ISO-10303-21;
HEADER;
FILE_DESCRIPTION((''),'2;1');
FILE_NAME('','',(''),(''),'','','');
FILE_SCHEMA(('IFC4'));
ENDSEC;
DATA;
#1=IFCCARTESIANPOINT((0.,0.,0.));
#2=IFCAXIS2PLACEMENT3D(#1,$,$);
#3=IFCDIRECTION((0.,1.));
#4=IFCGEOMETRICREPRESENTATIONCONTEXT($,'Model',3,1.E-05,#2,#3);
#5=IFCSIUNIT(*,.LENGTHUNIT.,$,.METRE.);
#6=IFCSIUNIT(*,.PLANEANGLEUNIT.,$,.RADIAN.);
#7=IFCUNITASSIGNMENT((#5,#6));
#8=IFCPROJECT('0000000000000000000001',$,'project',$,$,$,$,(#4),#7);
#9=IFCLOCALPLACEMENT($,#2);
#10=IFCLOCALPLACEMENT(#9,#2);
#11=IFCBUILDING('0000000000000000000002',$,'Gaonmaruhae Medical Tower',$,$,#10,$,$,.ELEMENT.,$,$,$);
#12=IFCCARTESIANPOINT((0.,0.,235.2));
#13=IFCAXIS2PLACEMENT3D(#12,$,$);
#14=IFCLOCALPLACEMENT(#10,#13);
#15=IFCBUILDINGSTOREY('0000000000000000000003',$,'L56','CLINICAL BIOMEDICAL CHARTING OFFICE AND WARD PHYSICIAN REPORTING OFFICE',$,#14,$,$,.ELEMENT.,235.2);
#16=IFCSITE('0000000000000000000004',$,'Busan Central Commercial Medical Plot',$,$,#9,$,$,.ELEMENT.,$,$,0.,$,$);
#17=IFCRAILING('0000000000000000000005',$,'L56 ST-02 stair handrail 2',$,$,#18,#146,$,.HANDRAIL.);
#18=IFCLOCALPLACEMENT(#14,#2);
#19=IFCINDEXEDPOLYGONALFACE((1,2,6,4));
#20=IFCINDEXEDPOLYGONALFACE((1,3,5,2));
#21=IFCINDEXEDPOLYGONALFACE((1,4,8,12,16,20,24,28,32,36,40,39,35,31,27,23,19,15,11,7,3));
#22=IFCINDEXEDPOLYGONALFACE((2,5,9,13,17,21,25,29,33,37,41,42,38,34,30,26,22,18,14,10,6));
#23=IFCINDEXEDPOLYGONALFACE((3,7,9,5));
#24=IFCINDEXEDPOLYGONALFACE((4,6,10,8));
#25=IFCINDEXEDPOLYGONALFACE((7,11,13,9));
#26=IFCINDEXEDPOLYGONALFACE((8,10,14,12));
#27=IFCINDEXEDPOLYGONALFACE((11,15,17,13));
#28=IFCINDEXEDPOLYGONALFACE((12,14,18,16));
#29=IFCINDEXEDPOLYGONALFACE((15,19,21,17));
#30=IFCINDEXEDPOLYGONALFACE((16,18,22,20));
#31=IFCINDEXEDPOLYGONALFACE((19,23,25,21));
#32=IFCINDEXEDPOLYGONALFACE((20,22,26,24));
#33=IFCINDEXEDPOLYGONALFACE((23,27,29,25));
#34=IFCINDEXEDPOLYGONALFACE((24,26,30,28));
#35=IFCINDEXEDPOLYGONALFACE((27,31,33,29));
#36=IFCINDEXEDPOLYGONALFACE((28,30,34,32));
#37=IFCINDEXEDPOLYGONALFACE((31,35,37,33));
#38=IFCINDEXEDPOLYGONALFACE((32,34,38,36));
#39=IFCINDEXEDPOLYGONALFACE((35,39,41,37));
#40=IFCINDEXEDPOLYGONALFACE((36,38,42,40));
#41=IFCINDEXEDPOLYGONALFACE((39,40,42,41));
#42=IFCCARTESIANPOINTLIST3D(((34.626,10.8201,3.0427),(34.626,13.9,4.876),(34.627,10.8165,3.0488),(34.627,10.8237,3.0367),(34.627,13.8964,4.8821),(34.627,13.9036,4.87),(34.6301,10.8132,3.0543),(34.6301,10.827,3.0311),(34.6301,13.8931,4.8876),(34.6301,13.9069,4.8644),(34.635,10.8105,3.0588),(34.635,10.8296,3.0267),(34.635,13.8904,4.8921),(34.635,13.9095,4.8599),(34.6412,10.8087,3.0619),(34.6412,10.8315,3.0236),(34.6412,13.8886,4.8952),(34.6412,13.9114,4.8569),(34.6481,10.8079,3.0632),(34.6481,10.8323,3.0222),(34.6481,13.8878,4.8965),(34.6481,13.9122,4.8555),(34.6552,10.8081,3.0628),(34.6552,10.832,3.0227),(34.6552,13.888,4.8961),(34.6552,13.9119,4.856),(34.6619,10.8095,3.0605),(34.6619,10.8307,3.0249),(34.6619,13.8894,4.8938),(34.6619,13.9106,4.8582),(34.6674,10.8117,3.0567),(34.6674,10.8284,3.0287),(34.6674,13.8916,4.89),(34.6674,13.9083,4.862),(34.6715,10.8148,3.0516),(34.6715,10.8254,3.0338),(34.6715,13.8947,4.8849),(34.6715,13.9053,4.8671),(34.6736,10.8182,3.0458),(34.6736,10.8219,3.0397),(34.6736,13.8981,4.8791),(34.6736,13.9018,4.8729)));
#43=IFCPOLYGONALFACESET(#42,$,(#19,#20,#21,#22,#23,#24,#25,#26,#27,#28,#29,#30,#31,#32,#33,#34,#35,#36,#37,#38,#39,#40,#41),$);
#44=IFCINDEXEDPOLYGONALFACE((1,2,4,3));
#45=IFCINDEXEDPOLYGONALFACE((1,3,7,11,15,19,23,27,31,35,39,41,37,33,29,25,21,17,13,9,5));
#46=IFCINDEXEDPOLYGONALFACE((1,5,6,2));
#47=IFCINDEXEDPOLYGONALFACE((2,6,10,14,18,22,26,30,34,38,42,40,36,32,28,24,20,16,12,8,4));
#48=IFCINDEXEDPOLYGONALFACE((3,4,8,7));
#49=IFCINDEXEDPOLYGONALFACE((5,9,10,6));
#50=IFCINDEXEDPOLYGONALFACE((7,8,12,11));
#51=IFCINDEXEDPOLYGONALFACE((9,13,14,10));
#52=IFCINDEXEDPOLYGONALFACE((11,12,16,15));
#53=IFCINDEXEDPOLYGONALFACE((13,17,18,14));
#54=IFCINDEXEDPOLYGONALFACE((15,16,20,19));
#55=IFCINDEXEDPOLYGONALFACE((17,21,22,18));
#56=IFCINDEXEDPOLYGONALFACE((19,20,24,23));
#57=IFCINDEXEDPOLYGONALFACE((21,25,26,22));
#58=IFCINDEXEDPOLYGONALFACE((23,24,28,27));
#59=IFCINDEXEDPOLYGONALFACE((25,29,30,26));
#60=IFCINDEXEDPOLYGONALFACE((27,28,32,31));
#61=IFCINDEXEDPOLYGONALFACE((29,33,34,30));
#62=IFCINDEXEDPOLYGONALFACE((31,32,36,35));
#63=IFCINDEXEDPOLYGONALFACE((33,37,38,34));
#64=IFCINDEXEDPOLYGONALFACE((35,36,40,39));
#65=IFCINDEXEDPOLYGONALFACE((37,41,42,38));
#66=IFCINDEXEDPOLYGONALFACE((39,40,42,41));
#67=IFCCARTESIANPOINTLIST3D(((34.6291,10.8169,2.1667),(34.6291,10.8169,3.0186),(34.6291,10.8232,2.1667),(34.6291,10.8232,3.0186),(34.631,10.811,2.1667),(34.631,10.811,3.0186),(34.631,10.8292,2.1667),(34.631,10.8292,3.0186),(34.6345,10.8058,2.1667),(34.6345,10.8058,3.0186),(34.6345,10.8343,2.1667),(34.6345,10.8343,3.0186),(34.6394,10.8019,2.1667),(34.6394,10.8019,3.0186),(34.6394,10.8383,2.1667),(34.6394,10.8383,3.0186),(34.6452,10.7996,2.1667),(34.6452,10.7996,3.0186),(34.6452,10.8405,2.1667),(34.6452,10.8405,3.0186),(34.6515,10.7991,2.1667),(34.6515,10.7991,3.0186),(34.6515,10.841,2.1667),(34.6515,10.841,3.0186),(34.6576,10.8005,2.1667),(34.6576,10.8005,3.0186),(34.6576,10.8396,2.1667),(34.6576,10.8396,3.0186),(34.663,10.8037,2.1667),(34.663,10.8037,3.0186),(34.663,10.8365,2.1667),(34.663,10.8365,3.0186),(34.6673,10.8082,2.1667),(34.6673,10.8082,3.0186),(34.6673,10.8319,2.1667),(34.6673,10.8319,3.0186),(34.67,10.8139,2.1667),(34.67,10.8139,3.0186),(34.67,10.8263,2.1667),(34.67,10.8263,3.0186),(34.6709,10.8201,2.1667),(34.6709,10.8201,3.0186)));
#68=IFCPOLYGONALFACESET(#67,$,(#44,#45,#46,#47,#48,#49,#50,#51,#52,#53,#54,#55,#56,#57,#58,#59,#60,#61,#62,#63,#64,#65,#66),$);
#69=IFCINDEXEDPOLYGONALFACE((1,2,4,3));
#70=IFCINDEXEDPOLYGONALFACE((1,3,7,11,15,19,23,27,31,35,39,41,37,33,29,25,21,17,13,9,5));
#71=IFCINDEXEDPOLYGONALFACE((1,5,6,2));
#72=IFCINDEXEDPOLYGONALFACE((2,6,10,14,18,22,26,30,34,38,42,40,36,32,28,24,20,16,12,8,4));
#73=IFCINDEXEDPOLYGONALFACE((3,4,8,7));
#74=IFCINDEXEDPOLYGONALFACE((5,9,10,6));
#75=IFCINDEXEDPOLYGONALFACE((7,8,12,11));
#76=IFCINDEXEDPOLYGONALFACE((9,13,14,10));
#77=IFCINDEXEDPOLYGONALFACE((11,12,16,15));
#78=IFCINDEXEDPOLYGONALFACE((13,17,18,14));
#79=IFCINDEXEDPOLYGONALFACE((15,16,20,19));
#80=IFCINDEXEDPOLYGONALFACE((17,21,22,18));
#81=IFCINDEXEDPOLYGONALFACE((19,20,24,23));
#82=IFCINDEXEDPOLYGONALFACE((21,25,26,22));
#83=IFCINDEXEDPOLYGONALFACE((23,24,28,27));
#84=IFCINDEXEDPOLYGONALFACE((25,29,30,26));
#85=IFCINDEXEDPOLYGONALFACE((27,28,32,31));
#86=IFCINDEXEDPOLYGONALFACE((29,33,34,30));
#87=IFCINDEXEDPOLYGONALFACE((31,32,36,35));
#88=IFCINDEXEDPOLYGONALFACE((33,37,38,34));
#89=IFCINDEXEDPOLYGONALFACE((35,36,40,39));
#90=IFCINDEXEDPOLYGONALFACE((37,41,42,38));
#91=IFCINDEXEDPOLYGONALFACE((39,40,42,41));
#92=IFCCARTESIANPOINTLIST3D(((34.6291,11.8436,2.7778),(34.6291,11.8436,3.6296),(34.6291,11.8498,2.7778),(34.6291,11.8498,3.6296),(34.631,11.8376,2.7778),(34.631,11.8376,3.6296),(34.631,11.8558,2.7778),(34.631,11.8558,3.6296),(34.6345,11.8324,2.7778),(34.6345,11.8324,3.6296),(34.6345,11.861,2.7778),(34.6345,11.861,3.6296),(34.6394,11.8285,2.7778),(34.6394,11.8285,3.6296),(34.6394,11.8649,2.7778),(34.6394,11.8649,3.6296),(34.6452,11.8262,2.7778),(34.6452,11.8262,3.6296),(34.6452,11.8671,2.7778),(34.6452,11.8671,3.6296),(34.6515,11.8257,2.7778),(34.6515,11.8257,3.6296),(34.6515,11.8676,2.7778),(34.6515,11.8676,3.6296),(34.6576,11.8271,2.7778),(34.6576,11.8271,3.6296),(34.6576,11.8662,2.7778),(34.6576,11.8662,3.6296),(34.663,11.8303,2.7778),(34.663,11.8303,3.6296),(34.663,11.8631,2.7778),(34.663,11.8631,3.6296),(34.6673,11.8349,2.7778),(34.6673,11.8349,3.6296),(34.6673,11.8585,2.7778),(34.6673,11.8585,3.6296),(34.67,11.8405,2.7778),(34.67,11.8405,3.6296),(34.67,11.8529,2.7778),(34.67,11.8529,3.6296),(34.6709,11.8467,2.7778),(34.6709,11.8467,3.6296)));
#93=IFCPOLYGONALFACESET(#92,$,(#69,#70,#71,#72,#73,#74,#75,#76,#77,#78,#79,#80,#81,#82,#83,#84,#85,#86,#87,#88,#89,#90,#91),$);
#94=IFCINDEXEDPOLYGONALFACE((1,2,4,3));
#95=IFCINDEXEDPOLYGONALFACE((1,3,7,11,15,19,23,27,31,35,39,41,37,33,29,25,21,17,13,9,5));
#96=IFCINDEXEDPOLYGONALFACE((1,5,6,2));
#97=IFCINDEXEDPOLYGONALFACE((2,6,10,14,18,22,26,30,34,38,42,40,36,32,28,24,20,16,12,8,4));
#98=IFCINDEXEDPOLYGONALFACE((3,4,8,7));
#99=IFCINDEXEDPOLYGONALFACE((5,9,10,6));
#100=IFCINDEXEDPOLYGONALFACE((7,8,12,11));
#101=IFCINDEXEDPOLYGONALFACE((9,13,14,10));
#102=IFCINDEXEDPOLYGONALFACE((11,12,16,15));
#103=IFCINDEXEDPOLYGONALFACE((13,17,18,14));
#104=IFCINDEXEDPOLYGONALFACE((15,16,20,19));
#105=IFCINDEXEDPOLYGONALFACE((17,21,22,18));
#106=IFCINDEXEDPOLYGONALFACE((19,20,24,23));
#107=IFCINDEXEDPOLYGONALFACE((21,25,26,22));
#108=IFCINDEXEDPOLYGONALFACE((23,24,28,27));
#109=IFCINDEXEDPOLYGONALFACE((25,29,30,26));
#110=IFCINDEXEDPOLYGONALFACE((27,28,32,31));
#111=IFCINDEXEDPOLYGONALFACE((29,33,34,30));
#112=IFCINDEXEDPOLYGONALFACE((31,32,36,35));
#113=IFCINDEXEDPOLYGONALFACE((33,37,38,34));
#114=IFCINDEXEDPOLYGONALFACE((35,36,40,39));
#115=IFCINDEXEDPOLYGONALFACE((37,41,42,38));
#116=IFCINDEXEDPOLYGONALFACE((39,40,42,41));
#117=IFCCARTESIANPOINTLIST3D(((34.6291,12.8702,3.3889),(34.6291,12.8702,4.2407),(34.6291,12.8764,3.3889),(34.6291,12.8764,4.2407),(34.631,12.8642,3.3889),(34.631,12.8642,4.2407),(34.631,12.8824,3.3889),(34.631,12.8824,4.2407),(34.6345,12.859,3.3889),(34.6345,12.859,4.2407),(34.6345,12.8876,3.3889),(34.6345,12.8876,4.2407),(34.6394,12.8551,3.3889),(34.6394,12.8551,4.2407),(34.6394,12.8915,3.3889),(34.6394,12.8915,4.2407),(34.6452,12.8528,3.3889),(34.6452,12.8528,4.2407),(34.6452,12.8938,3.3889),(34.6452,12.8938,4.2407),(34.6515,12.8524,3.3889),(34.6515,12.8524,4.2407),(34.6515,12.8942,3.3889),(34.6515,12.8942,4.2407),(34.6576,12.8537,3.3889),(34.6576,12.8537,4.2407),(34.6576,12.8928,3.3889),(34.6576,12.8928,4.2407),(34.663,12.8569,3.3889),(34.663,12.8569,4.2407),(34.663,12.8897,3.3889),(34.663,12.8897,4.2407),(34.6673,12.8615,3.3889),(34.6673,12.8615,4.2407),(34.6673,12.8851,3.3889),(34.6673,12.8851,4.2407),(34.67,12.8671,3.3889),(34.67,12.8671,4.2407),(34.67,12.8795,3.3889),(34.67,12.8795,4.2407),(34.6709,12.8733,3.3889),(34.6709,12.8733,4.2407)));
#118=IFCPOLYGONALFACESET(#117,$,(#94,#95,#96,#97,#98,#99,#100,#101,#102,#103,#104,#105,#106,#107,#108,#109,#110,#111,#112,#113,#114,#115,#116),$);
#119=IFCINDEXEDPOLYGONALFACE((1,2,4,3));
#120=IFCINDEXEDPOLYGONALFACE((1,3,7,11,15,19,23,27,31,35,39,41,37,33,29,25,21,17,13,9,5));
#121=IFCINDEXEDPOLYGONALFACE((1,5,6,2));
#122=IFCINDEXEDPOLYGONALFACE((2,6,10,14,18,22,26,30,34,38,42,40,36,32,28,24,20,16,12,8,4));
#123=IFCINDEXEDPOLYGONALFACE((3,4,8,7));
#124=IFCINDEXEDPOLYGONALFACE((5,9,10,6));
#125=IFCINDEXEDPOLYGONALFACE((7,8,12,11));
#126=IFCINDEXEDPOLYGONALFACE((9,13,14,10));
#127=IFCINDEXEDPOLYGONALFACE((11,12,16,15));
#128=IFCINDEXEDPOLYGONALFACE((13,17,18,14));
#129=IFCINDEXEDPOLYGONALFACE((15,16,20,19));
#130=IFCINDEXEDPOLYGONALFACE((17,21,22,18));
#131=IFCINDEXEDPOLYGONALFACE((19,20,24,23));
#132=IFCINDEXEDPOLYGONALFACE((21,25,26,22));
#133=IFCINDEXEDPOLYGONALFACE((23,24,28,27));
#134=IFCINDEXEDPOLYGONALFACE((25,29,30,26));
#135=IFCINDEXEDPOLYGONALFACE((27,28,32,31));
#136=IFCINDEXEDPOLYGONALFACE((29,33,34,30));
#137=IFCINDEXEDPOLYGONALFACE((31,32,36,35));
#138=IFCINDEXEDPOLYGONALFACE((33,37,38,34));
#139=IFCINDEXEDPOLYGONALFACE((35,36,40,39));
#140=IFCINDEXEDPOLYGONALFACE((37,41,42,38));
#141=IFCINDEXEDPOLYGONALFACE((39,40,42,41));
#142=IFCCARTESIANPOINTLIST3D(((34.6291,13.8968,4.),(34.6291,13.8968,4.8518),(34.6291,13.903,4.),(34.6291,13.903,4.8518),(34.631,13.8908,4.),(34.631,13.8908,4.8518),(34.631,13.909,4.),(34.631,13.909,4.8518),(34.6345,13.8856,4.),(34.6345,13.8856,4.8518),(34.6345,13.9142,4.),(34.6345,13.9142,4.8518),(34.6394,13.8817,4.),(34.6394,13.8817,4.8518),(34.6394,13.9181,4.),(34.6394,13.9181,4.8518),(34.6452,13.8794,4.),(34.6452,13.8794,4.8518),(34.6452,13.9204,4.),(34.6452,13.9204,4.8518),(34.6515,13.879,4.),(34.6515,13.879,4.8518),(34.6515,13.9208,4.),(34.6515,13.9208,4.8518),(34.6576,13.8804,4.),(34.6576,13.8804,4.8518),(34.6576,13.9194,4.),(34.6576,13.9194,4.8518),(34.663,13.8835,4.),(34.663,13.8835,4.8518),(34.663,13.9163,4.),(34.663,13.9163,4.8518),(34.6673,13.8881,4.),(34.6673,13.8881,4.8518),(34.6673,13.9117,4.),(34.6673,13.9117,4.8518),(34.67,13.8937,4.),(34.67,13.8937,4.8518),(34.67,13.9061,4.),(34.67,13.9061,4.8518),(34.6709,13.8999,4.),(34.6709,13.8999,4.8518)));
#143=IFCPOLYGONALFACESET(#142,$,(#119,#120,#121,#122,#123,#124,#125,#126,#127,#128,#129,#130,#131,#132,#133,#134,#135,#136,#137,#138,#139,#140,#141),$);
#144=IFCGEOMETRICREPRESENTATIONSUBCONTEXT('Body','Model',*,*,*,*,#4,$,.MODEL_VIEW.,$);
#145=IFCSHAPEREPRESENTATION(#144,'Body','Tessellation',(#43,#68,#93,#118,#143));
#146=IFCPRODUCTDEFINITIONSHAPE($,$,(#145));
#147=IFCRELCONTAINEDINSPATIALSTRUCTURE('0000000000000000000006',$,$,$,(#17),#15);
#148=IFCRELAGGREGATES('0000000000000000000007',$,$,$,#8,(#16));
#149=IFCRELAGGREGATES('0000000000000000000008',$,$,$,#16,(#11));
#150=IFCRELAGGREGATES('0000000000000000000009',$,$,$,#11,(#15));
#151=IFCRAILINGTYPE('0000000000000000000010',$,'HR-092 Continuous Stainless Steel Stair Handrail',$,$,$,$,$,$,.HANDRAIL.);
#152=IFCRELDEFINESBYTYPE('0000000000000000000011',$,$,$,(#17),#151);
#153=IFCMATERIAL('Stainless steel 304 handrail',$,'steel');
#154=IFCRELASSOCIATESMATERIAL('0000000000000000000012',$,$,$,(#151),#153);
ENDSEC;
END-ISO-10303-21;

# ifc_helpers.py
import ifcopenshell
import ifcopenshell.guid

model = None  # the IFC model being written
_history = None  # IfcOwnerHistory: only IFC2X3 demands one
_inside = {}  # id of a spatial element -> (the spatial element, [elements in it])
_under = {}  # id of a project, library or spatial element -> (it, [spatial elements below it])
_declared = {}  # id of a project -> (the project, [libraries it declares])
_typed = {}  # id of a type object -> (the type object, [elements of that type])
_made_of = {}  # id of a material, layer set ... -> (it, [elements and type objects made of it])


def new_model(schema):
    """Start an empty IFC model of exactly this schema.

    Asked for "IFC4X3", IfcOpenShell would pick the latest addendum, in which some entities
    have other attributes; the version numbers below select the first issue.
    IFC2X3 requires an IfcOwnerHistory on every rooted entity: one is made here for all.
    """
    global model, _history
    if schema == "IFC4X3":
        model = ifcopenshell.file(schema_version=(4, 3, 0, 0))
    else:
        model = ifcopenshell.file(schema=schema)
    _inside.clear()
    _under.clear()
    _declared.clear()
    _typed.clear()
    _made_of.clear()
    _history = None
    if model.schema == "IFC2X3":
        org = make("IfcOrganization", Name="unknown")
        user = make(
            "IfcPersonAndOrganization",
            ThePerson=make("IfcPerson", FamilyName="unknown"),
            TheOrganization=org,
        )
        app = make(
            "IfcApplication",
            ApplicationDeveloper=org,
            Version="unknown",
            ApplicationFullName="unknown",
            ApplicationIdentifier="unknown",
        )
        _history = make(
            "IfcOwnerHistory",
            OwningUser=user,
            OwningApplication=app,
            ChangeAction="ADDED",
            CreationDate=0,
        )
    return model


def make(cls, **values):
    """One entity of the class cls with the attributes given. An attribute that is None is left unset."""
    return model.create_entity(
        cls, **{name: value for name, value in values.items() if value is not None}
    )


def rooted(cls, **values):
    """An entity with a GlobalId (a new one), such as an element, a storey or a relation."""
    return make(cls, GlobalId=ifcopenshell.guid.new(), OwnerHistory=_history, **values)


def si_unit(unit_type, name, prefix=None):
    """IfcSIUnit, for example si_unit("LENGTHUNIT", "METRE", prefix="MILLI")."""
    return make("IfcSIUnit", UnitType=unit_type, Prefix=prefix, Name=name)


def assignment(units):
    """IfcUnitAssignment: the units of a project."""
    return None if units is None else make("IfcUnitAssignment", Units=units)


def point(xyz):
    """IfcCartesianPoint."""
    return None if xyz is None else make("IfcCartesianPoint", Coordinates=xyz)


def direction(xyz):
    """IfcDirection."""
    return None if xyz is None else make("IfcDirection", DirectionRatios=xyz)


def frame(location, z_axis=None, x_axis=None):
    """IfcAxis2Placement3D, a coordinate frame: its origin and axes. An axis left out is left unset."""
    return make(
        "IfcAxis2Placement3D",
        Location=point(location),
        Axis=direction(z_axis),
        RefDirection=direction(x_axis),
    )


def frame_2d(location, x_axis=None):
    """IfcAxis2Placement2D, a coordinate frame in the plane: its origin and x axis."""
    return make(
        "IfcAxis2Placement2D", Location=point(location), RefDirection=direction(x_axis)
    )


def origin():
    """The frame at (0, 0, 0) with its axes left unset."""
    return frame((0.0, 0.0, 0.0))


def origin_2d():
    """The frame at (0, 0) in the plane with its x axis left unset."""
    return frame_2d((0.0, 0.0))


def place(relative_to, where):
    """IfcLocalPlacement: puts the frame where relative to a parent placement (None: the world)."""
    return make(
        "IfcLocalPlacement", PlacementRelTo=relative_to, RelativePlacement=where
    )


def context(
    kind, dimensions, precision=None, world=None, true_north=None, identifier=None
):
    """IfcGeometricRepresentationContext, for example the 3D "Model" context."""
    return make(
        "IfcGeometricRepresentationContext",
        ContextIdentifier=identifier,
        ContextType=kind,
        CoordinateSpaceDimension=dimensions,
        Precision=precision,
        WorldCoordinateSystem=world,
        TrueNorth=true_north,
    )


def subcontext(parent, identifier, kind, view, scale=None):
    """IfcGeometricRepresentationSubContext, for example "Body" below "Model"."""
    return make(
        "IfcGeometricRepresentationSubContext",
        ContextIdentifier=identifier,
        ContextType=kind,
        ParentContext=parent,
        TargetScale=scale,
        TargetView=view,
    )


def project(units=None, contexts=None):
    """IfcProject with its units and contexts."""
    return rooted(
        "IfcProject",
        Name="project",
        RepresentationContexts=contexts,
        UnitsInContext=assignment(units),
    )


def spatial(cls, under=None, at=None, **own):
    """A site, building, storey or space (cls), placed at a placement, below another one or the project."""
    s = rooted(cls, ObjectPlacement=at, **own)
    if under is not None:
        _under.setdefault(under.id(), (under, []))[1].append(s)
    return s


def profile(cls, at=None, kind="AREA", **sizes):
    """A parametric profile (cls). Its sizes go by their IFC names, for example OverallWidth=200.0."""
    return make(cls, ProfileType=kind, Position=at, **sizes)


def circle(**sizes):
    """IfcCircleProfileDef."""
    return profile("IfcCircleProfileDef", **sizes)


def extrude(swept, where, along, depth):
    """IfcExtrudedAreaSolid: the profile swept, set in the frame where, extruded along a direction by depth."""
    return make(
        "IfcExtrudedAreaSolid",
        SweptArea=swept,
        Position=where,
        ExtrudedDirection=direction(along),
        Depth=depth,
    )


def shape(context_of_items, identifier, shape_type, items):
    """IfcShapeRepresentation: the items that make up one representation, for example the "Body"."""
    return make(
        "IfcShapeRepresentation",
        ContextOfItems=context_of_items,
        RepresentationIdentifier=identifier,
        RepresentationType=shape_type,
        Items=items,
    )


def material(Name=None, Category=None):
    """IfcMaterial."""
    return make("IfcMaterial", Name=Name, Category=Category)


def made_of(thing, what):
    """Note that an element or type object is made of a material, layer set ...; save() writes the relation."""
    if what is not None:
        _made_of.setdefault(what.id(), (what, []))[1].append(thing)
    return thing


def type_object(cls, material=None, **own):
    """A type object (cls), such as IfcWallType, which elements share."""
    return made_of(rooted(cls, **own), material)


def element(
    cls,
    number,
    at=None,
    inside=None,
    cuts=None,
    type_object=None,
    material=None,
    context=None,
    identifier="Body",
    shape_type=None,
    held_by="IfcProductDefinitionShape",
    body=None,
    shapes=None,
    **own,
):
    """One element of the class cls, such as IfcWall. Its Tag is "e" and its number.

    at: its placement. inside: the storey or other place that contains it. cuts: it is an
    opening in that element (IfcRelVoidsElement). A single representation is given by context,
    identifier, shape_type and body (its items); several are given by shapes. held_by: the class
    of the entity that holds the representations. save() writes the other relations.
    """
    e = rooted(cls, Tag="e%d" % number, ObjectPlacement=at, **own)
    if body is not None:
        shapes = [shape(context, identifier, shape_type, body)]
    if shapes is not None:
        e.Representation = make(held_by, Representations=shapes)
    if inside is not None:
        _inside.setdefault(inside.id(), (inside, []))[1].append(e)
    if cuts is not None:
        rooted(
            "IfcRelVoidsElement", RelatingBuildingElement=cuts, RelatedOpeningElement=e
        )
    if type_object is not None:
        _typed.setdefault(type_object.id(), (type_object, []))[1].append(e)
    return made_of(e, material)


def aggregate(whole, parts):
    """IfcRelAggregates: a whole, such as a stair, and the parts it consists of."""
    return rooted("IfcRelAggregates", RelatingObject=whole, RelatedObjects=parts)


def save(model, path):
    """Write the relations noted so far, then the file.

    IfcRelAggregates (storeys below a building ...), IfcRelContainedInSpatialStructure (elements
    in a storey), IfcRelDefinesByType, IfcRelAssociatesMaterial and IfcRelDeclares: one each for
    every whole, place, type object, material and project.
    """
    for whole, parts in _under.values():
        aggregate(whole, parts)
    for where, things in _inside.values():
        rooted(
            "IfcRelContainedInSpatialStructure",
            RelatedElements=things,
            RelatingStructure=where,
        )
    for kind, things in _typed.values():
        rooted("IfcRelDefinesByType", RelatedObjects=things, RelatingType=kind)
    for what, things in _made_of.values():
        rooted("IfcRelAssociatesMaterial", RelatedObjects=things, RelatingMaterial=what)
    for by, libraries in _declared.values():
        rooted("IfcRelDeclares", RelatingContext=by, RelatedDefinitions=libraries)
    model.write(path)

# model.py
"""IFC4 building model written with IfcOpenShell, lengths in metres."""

from ifc_helpers import new_model, si_unit, direction, frame, origin, origin_2d, place, context, subcontext, project, spatial, circle, extrude, material, type_object, element, save


model = new_model("IFC4")

# Units and contexts
model_context = context("Model", 3, precision=1e-05, world=origin(), true_north=direction((0.0, 1.0)))
body_context = subcontext(model_context, "Body", "Model", "MODEL_VIEW")
ifc_project = project(units=[si_unit("LENGTHUNIT", "METRE"), si_unit("PLANEANGLEUNIT", "RADIAN")], contexts=[model_context])

# Site, building, storey
site_placement = place(None, origin())
site = spatial("IfcSite", under=ifc_project, at=site_placement, Name="Busan Central Commercial Medical Plot", CompositionType="ELEMENT", RefElevation=0.0)
building_placement = place(site_placement, origin())
building = spatial("IfcBuilding", under=site, at=building_placement, Name="Gaonmaruhae Medical Tower", CompositionType="ELEMENT")
storey_placement = place(building_placement, frame((0.0, 0.0, 235.2)))
storey = spatial("IfcBuildingStorey", under=building, at=storey_placement, Name="L56", Description="CLINICAL BIOMEDICAL CHARTING OFFICE AND WARD PHYSICIAN REPORTING OFFICE", CompositionType="ELEMENT", Elevation=235.2)

# Railing
ifc_material_1 = material(Name="Stainless steel 304 handrail", Category="steel")
railing_type_1 = type_object("IfcRailingType", Name="HR-092 Continuous Stainless Steel Stair Handrail", PredefinedType="HANDRAIL", material=ifc_material_1)
railing_1_placement = place(storey_placement, frame((34.6499, 10.8201, 2.1667)))
element("IfcRailing", 1, at=railing_1_placement, inside=storey, type_object=railing_type_1, Name="L56 ST-02 stair handrail 2", PredefinedType="HANDRAIL", context=body_context, shape_type="SweptSolid", body=[
    extrude(circle(Radius=0.0239, at=origin_2d()), frame((0.0, 0.0, 0.876), z_axis=(0.0, 0.859291, 0.511487), x_axis=(-1.0, 0.0, 0.0)), (0.0, 0.0, 1.0), 3.5842),
    extrude(circle(Radius=0.021, at=origin_2d()), origin(), (0.0, 0.0, 1.0), 0.8518),
    extrude(circle(Radius=0.021, at=origin_2d()), frame((0.0, 1.0266, 0.6111)), (0.0, 0.0, 1.0), 0.8518),
    extrude(circle(Radius=0.021, at=origin_2d()), frame((0.0, 2.0532, 1.2222)), (0.0, 0.0, 1.0), 0.8518),
    extrude(circle(Radius=0.021, at=origin_2d()), frame((0.0, 3.0798, 1.8333)), (0.0, 0.0, 1.0), 0.8518),
])

save(model, "model.ifc")
